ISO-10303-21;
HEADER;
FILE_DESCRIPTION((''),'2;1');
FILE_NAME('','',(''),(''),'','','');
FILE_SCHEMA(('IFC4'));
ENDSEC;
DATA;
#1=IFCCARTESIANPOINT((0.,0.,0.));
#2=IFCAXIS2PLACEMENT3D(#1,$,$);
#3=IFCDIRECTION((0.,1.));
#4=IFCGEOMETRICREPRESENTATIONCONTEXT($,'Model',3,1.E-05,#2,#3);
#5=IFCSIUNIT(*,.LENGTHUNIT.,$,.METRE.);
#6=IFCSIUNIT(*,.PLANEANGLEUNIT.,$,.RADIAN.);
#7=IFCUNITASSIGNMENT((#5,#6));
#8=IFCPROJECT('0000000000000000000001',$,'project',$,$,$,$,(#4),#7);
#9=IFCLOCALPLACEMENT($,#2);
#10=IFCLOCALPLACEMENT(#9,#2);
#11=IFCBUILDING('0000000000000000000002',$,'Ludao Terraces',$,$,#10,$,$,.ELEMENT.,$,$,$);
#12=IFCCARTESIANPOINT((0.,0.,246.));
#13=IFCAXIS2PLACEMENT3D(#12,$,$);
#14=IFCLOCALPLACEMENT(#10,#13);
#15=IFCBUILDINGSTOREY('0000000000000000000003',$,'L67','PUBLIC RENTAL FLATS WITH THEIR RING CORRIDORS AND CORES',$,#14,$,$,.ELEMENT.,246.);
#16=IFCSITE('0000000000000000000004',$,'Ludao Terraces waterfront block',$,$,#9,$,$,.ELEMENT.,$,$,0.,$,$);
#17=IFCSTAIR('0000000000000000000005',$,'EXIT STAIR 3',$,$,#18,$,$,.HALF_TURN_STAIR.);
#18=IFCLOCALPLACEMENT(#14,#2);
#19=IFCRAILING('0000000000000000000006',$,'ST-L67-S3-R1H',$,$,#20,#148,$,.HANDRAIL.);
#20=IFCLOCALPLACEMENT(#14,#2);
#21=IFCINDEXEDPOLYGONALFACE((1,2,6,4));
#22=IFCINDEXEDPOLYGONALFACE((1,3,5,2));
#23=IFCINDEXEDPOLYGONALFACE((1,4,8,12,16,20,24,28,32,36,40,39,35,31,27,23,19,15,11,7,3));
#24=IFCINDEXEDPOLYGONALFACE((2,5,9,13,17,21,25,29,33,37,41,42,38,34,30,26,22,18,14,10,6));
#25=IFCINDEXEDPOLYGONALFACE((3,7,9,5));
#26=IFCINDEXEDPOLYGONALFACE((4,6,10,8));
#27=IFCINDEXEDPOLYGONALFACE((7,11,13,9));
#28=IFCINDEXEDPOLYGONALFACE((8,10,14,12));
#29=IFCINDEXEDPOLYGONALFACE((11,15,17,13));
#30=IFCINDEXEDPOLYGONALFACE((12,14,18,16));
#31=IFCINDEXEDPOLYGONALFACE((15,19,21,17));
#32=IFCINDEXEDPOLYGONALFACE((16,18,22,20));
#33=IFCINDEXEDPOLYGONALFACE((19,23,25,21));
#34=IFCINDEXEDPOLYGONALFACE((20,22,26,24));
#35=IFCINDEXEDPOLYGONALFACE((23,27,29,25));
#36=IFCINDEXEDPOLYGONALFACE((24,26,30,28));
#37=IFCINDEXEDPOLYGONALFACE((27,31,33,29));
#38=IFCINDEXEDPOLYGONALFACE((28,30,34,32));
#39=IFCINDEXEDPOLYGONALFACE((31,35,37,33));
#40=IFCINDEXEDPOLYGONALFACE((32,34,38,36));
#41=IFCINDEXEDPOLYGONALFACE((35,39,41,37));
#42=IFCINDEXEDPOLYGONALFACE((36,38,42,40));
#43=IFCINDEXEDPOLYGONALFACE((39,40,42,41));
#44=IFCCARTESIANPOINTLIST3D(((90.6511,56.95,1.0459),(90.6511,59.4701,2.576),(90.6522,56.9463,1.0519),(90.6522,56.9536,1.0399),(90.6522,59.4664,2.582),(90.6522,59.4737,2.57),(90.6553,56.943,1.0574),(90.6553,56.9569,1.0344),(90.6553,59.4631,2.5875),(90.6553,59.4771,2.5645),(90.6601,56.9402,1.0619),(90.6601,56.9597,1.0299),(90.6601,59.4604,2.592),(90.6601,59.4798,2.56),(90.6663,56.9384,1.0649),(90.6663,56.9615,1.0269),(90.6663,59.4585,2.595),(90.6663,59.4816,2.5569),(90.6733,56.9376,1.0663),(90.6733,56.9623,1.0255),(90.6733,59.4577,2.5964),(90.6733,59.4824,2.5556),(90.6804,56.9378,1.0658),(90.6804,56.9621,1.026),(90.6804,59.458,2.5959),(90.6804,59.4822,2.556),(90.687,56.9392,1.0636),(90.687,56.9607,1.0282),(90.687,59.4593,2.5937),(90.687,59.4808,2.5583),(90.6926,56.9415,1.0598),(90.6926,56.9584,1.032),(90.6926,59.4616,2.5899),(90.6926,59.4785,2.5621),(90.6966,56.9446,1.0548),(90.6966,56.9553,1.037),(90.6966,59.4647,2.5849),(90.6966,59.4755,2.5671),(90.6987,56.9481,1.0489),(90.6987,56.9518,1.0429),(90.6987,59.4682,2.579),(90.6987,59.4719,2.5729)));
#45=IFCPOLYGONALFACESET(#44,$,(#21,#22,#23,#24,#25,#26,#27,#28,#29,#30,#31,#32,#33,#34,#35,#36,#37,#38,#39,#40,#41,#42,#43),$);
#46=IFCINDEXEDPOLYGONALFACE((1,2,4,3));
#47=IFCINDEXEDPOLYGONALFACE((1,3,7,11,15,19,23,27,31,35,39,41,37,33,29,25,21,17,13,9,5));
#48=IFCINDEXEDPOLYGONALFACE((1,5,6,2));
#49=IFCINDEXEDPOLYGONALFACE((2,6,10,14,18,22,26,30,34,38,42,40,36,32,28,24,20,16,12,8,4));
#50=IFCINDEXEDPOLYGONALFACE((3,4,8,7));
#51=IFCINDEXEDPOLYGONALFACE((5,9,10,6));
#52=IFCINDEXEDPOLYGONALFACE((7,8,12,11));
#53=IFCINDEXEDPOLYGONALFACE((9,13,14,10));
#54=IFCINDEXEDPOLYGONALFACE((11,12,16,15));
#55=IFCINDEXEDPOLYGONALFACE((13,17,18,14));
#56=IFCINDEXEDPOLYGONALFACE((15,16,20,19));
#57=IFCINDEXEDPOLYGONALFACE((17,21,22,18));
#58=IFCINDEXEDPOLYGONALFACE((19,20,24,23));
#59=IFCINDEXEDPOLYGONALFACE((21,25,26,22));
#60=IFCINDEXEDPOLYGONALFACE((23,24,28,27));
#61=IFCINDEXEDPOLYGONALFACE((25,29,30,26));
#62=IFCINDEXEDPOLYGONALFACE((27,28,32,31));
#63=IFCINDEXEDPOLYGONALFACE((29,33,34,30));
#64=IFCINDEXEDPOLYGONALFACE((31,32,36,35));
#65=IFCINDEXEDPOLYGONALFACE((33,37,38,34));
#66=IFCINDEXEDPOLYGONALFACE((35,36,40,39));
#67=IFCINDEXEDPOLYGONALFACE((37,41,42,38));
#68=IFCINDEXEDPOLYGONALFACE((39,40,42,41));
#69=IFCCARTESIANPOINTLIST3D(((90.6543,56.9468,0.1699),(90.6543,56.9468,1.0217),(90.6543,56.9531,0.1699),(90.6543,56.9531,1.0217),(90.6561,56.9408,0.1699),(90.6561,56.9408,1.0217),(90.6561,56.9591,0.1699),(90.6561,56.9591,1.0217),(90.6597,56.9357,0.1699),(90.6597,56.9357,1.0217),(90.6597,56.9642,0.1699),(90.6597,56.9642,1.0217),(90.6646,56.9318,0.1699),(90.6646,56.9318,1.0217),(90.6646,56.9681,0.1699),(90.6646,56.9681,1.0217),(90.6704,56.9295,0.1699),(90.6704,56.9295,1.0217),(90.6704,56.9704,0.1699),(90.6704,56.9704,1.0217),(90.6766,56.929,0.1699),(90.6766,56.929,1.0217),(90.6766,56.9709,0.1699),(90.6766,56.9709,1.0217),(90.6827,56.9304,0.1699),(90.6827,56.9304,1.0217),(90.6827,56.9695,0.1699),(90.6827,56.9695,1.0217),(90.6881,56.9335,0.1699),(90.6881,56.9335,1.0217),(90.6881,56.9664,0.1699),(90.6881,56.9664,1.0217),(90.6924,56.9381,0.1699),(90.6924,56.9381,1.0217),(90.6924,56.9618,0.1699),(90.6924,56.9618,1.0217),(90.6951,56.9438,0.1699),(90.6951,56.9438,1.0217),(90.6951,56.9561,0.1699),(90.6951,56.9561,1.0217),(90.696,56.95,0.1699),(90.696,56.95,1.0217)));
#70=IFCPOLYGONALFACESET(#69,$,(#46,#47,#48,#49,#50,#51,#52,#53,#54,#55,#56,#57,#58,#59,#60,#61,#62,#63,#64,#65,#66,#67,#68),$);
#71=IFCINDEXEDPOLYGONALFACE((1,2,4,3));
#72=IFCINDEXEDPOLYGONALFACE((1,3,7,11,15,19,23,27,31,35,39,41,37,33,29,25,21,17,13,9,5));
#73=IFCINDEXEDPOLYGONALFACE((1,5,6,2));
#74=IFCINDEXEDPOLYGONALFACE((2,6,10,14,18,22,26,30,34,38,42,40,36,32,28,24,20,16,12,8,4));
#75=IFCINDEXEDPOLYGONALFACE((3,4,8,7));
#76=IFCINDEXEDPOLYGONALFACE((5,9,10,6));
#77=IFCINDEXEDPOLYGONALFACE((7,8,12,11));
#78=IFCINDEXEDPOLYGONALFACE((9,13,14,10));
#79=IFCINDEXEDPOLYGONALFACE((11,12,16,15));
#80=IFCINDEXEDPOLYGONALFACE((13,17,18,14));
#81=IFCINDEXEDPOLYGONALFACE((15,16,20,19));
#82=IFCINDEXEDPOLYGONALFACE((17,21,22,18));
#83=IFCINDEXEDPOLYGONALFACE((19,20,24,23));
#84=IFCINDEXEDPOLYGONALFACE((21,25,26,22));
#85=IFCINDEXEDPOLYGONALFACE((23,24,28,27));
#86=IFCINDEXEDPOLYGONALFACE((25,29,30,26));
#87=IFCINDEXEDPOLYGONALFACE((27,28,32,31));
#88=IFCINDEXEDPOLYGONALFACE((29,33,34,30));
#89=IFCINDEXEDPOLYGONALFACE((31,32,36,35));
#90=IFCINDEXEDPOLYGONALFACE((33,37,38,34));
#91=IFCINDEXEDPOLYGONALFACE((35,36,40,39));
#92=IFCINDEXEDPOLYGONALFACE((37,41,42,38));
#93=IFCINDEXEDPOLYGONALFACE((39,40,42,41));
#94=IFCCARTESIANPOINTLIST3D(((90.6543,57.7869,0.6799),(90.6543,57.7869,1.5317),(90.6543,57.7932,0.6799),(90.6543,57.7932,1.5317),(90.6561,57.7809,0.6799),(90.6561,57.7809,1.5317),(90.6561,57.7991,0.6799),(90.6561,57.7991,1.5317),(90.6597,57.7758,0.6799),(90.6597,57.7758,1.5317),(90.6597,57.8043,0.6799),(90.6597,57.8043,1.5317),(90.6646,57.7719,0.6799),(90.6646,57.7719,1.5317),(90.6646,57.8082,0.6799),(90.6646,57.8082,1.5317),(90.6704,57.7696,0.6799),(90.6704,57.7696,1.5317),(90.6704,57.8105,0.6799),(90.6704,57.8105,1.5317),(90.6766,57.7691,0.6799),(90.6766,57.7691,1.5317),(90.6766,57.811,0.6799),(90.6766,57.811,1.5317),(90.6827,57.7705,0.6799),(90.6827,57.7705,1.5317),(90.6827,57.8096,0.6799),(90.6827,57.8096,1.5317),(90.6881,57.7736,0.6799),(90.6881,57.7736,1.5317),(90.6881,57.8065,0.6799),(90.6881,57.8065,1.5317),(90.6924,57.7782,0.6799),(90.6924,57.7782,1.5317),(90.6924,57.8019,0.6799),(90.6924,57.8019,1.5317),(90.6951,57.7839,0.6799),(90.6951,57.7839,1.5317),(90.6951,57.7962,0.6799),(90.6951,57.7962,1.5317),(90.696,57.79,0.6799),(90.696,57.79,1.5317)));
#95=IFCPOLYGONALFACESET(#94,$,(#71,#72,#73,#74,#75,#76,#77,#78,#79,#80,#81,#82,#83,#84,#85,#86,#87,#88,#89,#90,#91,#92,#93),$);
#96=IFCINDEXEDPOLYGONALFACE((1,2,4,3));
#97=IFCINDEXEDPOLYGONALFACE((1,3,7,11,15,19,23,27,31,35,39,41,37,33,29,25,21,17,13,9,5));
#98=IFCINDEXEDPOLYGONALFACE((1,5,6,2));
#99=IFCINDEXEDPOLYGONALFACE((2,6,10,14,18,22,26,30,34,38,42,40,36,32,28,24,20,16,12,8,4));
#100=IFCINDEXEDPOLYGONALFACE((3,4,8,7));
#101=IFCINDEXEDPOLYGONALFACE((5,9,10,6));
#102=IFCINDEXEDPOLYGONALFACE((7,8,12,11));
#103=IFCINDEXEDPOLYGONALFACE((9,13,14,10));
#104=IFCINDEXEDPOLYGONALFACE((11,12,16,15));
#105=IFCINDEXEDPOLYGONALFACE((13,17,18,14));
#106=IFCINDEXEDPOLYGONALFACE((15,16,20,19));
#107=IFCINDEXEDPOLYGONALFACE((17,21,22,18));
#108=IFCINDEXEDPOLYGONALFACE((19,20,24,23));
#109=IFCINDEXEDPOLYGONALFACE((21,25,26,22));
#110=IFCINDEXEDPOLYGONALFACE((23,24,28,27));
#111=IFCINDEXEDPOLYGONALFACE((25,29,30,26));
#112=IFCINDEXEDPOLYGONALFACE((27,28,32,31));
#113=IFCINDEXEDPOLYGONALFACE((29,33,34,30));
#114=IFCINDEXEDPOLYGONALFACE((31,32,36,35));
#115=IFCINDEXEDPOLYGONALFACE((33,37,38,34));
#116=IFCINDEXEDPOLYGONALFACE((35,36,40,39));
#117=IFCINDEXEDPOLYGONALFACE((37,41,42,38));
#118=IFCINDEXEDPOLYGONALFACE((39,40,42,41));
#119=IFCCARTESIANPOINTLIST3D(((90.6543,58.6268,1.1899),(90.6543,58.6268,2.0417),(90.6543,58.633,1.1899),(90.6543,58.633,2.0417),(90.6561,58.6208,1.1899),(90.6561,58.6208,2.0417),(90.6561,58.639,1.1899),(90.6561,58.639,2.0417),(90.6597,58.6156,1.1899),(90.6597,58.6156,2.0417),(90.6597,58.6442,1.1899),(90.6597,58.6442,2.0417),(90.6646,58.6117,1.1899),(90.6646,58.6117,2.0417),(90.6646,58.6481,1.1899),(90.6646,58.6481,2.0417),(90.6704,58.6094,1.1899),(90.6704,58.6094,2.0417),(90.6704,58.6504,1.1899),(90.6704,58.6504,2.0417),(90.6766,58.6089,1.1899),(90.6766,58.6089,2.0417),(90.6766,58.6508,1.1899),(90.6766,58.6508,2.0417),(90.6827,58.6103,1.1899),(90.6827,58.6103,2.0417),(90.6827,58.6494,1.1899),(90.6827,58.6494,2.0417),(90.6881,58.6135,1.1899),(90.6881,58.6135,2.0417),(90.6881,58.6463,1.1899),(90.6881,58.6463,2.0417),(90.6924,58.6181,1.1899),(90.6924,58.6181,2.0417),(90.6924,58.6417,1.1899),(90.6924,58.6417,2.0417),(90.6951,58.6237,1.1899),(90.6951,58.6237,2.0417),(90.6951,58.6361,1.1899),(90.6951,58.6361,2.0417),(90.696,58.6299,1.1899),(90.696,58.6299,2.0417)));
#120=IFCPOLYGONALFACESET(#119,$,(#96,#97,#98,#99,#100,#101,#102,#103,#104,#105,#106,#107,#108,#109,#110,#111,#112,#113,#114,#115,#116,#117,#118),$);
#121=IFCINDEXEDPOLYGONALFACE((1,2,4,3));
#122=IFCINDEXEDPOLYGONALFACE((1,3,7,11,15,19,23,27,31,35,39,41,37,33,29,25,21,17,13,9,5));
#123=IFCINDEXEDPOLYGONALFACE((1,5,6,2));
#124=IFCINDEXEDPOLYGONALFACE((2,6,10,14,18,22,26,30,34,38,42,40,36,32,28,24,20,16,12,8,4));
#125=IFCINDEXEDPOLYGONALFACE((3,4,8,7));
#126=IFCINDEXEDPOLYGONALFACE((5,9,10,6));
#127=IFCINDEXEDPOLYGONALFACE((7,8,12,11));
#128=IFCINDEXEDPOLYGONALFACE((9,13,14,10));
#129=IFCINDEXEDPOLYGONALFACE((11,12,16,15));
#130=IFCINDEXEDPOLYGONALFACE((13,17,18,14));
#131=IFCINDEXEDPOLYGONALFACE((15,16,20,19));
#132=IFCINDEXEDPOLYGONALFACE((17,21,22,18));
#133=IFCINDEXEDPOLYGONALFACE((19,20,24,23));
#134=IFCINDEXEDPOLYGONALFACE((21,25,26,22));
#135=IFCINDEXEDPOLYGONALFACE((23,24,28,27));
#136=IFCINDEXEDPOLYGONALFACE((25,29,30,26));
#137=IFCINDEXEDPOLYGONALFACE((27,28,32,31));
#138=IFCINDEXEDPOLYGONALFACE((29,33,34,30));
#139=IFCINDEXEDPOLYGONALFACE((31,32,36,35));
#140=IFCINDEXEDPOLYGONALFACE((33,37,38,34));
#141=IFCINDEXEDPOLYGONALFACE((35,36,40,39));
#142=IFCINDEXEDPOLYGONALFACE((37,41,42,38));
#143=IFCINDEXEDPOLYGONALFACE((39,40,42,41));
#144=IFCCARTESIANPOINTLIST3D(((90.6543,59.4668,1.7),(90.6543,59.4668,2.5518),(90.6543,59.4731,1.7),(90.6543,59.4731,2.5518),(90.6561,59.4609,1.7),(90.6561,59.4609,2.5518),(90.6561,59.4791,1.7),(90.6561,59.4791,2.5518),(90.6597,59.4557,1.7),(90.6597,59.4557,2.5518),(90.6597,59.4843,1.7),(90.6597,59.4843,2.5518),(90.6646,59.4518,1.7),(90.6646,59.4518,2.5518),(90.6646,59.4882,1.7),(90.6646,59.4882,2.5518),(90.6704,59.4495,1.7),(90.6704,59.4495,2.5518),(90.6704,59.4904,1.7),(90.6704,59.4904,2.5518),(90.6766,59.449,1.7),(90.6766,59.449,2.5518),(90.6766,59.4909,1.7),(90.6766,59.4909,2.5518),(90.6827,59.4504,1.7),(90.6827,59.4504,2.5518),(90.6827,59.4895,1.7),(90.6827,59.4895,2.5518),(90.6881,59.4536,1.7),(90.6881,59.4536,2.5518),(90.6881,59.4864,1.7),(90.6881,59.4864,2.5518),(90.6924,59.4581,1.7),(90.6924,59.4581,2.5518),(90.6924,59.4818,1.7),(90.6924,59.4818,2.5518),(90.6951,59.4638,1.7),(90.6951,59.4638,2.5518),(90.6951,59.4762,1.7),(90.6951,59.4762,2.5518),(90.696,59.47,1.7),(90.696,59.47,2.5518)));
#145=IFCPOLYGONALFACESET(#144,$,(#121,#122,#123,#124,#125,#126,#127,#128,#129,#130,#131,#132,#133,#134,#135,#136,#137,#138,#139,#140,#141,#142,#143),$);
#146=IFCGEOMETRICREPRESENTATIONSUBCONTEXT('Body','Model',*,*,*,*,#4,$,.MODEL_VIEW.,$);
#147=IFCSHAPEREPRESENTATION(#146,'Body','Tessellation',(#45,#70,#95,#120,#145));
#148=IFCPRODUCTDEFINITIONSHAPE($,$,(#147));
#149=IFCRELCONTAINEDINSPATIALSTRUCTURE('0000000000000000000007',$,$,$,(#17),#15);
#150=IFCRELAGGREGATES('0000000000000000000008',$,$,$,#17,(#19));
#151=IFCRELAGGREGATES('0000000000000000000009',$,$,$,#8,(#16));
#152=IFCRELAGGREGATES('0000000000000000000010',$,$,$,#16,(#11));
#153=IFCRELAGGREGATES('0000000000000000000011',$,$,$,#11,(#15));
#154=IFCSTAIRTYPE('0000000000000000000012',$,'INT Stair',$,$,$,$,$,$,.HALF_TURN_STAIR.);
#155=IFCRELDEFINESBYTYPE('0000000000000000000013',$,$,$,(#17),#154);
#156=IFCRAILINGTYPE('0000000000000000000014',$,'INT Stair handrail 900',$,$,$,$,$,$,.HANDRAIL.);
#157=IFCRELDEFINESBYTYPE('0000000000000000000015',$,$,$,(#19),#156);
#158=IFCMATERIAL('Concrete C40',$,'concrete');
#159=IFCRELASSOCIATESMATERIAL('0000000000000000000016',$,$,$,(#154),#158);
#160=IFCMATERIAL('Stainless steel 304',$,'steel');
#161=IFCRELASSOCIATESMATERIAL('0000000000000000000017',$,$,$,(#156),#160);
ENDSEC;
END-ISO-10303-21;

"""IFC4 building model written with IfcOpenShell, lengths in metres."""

from ifc_helpers import new_model, si_unit, direction, frame, origin, origin_2d, place, context, subcontext, project, spatial, circle, extrude, material, type_object, element, aggregate, save


model = new_model("IFC4")

# Units and contexts
model_context = context("Model", 3, precision=1e-05, world=origin(), true_north=direction((0.0, 1.0)))
body_context = subcontext(model_context, "Body", "Model", "MODEL_VIEW")
ifc_project = project(units=[si_unit("LENGTHUNIT", "METRE"), si_unit("PLANEANGLEUNIT", "RADIAN")], contexts=[model_context])

# Site, building, storey
site_placement = place(None, origin())
site = spatial("IfcSite", under=ifc_project, at=site_placement, Name="Ludao Terraces waterfront block", CompositionType="ELEMENT", RefElevation=0.0)
building_placement = place(site_placement, origin())
building = spatial("IfcBuilding", under=site, at=building_placement, Name="Ludao Terraces", CompositionType="ELEMENT")
storey_placement = place(building_placement, frame((0.0, 0.0, 246.0)))
storey = spatial("IfcBuildingStorey", under=building, at=storey_placement, Name="L67", Description="PUBLIC RENTAL FLATS WITH THEIR RING CORRIDORS AND CORES", CompositionType="ELEMENT", Elevation=246.0)

# Shared definitions
ifc_material_1 = material(Name="Concrete C40", Category="concrete")

# Stair, railing
stair_type = type_object("IfcStairType", Name="INT Stair", PredefinedType="HALF_TURN_STAIR", material=ifc_material_1)
stair_placement = place(storey_placement, origin())
stair = element("IfcStair", 1, at=stair_placement, inside=storey, type_object=stair_type, Name="EXIT STAIR 3", PredefinedType="HALF_TURN_STAIR")
ifc_material_2 = material(Name="Stainless steel 304", Category="steel")
railing_type_1 = type_object("IfcRailingType", Name="INT Stair handrail 900", PredefinedType="HANDRAIL", material=ifc_material_2)
railing_1_placement = place(storey_placement, frame((90.675, 56.95, 0.1699)))
railing_1 = element("IfcRailing", 2, at=railing_1_placement, type_object=railing_type_1, Name="ST-L67-S3-R1H", PredefinedType="HANDRAIL", context=body_context, shape_type="SweptSolid", body=[
    extrude(circle(Radius=0.0239, at=origin_2d()), frame((0.0, 0.0, 0.876), z_axis=(0.0, 0.854785, 0.518982), x_axis=(-1.0, 0.0, 0.0)), (0.0, 0.0, 1.0), 2.9482),
    extrude(circle(Radius=0.021, at=origin_2d()), origin(), (0.0, 0.0, 1.0), 0.8518),
    extrude(circle(Radius=0.021, at=origin_2d()), frame((0.0, 0.8401, 0.51)), (0.0, 0.0, 1.0), 0.8518),
    extrude(circle(Radius=0.021, at=origin_2d()), frame((0.0, 1.6799, 1.02)), (0.0, 0.0, 1.0), 0.8518),
    extrude(circle(Radius=0.021, at=origin_2d()), frame((0.0, 2.52, 1.53)), (0.0, 0.0, 1.0), 0.8518),
])
aggregate(stair, [railing_1])

save(model, "model.ifc")
